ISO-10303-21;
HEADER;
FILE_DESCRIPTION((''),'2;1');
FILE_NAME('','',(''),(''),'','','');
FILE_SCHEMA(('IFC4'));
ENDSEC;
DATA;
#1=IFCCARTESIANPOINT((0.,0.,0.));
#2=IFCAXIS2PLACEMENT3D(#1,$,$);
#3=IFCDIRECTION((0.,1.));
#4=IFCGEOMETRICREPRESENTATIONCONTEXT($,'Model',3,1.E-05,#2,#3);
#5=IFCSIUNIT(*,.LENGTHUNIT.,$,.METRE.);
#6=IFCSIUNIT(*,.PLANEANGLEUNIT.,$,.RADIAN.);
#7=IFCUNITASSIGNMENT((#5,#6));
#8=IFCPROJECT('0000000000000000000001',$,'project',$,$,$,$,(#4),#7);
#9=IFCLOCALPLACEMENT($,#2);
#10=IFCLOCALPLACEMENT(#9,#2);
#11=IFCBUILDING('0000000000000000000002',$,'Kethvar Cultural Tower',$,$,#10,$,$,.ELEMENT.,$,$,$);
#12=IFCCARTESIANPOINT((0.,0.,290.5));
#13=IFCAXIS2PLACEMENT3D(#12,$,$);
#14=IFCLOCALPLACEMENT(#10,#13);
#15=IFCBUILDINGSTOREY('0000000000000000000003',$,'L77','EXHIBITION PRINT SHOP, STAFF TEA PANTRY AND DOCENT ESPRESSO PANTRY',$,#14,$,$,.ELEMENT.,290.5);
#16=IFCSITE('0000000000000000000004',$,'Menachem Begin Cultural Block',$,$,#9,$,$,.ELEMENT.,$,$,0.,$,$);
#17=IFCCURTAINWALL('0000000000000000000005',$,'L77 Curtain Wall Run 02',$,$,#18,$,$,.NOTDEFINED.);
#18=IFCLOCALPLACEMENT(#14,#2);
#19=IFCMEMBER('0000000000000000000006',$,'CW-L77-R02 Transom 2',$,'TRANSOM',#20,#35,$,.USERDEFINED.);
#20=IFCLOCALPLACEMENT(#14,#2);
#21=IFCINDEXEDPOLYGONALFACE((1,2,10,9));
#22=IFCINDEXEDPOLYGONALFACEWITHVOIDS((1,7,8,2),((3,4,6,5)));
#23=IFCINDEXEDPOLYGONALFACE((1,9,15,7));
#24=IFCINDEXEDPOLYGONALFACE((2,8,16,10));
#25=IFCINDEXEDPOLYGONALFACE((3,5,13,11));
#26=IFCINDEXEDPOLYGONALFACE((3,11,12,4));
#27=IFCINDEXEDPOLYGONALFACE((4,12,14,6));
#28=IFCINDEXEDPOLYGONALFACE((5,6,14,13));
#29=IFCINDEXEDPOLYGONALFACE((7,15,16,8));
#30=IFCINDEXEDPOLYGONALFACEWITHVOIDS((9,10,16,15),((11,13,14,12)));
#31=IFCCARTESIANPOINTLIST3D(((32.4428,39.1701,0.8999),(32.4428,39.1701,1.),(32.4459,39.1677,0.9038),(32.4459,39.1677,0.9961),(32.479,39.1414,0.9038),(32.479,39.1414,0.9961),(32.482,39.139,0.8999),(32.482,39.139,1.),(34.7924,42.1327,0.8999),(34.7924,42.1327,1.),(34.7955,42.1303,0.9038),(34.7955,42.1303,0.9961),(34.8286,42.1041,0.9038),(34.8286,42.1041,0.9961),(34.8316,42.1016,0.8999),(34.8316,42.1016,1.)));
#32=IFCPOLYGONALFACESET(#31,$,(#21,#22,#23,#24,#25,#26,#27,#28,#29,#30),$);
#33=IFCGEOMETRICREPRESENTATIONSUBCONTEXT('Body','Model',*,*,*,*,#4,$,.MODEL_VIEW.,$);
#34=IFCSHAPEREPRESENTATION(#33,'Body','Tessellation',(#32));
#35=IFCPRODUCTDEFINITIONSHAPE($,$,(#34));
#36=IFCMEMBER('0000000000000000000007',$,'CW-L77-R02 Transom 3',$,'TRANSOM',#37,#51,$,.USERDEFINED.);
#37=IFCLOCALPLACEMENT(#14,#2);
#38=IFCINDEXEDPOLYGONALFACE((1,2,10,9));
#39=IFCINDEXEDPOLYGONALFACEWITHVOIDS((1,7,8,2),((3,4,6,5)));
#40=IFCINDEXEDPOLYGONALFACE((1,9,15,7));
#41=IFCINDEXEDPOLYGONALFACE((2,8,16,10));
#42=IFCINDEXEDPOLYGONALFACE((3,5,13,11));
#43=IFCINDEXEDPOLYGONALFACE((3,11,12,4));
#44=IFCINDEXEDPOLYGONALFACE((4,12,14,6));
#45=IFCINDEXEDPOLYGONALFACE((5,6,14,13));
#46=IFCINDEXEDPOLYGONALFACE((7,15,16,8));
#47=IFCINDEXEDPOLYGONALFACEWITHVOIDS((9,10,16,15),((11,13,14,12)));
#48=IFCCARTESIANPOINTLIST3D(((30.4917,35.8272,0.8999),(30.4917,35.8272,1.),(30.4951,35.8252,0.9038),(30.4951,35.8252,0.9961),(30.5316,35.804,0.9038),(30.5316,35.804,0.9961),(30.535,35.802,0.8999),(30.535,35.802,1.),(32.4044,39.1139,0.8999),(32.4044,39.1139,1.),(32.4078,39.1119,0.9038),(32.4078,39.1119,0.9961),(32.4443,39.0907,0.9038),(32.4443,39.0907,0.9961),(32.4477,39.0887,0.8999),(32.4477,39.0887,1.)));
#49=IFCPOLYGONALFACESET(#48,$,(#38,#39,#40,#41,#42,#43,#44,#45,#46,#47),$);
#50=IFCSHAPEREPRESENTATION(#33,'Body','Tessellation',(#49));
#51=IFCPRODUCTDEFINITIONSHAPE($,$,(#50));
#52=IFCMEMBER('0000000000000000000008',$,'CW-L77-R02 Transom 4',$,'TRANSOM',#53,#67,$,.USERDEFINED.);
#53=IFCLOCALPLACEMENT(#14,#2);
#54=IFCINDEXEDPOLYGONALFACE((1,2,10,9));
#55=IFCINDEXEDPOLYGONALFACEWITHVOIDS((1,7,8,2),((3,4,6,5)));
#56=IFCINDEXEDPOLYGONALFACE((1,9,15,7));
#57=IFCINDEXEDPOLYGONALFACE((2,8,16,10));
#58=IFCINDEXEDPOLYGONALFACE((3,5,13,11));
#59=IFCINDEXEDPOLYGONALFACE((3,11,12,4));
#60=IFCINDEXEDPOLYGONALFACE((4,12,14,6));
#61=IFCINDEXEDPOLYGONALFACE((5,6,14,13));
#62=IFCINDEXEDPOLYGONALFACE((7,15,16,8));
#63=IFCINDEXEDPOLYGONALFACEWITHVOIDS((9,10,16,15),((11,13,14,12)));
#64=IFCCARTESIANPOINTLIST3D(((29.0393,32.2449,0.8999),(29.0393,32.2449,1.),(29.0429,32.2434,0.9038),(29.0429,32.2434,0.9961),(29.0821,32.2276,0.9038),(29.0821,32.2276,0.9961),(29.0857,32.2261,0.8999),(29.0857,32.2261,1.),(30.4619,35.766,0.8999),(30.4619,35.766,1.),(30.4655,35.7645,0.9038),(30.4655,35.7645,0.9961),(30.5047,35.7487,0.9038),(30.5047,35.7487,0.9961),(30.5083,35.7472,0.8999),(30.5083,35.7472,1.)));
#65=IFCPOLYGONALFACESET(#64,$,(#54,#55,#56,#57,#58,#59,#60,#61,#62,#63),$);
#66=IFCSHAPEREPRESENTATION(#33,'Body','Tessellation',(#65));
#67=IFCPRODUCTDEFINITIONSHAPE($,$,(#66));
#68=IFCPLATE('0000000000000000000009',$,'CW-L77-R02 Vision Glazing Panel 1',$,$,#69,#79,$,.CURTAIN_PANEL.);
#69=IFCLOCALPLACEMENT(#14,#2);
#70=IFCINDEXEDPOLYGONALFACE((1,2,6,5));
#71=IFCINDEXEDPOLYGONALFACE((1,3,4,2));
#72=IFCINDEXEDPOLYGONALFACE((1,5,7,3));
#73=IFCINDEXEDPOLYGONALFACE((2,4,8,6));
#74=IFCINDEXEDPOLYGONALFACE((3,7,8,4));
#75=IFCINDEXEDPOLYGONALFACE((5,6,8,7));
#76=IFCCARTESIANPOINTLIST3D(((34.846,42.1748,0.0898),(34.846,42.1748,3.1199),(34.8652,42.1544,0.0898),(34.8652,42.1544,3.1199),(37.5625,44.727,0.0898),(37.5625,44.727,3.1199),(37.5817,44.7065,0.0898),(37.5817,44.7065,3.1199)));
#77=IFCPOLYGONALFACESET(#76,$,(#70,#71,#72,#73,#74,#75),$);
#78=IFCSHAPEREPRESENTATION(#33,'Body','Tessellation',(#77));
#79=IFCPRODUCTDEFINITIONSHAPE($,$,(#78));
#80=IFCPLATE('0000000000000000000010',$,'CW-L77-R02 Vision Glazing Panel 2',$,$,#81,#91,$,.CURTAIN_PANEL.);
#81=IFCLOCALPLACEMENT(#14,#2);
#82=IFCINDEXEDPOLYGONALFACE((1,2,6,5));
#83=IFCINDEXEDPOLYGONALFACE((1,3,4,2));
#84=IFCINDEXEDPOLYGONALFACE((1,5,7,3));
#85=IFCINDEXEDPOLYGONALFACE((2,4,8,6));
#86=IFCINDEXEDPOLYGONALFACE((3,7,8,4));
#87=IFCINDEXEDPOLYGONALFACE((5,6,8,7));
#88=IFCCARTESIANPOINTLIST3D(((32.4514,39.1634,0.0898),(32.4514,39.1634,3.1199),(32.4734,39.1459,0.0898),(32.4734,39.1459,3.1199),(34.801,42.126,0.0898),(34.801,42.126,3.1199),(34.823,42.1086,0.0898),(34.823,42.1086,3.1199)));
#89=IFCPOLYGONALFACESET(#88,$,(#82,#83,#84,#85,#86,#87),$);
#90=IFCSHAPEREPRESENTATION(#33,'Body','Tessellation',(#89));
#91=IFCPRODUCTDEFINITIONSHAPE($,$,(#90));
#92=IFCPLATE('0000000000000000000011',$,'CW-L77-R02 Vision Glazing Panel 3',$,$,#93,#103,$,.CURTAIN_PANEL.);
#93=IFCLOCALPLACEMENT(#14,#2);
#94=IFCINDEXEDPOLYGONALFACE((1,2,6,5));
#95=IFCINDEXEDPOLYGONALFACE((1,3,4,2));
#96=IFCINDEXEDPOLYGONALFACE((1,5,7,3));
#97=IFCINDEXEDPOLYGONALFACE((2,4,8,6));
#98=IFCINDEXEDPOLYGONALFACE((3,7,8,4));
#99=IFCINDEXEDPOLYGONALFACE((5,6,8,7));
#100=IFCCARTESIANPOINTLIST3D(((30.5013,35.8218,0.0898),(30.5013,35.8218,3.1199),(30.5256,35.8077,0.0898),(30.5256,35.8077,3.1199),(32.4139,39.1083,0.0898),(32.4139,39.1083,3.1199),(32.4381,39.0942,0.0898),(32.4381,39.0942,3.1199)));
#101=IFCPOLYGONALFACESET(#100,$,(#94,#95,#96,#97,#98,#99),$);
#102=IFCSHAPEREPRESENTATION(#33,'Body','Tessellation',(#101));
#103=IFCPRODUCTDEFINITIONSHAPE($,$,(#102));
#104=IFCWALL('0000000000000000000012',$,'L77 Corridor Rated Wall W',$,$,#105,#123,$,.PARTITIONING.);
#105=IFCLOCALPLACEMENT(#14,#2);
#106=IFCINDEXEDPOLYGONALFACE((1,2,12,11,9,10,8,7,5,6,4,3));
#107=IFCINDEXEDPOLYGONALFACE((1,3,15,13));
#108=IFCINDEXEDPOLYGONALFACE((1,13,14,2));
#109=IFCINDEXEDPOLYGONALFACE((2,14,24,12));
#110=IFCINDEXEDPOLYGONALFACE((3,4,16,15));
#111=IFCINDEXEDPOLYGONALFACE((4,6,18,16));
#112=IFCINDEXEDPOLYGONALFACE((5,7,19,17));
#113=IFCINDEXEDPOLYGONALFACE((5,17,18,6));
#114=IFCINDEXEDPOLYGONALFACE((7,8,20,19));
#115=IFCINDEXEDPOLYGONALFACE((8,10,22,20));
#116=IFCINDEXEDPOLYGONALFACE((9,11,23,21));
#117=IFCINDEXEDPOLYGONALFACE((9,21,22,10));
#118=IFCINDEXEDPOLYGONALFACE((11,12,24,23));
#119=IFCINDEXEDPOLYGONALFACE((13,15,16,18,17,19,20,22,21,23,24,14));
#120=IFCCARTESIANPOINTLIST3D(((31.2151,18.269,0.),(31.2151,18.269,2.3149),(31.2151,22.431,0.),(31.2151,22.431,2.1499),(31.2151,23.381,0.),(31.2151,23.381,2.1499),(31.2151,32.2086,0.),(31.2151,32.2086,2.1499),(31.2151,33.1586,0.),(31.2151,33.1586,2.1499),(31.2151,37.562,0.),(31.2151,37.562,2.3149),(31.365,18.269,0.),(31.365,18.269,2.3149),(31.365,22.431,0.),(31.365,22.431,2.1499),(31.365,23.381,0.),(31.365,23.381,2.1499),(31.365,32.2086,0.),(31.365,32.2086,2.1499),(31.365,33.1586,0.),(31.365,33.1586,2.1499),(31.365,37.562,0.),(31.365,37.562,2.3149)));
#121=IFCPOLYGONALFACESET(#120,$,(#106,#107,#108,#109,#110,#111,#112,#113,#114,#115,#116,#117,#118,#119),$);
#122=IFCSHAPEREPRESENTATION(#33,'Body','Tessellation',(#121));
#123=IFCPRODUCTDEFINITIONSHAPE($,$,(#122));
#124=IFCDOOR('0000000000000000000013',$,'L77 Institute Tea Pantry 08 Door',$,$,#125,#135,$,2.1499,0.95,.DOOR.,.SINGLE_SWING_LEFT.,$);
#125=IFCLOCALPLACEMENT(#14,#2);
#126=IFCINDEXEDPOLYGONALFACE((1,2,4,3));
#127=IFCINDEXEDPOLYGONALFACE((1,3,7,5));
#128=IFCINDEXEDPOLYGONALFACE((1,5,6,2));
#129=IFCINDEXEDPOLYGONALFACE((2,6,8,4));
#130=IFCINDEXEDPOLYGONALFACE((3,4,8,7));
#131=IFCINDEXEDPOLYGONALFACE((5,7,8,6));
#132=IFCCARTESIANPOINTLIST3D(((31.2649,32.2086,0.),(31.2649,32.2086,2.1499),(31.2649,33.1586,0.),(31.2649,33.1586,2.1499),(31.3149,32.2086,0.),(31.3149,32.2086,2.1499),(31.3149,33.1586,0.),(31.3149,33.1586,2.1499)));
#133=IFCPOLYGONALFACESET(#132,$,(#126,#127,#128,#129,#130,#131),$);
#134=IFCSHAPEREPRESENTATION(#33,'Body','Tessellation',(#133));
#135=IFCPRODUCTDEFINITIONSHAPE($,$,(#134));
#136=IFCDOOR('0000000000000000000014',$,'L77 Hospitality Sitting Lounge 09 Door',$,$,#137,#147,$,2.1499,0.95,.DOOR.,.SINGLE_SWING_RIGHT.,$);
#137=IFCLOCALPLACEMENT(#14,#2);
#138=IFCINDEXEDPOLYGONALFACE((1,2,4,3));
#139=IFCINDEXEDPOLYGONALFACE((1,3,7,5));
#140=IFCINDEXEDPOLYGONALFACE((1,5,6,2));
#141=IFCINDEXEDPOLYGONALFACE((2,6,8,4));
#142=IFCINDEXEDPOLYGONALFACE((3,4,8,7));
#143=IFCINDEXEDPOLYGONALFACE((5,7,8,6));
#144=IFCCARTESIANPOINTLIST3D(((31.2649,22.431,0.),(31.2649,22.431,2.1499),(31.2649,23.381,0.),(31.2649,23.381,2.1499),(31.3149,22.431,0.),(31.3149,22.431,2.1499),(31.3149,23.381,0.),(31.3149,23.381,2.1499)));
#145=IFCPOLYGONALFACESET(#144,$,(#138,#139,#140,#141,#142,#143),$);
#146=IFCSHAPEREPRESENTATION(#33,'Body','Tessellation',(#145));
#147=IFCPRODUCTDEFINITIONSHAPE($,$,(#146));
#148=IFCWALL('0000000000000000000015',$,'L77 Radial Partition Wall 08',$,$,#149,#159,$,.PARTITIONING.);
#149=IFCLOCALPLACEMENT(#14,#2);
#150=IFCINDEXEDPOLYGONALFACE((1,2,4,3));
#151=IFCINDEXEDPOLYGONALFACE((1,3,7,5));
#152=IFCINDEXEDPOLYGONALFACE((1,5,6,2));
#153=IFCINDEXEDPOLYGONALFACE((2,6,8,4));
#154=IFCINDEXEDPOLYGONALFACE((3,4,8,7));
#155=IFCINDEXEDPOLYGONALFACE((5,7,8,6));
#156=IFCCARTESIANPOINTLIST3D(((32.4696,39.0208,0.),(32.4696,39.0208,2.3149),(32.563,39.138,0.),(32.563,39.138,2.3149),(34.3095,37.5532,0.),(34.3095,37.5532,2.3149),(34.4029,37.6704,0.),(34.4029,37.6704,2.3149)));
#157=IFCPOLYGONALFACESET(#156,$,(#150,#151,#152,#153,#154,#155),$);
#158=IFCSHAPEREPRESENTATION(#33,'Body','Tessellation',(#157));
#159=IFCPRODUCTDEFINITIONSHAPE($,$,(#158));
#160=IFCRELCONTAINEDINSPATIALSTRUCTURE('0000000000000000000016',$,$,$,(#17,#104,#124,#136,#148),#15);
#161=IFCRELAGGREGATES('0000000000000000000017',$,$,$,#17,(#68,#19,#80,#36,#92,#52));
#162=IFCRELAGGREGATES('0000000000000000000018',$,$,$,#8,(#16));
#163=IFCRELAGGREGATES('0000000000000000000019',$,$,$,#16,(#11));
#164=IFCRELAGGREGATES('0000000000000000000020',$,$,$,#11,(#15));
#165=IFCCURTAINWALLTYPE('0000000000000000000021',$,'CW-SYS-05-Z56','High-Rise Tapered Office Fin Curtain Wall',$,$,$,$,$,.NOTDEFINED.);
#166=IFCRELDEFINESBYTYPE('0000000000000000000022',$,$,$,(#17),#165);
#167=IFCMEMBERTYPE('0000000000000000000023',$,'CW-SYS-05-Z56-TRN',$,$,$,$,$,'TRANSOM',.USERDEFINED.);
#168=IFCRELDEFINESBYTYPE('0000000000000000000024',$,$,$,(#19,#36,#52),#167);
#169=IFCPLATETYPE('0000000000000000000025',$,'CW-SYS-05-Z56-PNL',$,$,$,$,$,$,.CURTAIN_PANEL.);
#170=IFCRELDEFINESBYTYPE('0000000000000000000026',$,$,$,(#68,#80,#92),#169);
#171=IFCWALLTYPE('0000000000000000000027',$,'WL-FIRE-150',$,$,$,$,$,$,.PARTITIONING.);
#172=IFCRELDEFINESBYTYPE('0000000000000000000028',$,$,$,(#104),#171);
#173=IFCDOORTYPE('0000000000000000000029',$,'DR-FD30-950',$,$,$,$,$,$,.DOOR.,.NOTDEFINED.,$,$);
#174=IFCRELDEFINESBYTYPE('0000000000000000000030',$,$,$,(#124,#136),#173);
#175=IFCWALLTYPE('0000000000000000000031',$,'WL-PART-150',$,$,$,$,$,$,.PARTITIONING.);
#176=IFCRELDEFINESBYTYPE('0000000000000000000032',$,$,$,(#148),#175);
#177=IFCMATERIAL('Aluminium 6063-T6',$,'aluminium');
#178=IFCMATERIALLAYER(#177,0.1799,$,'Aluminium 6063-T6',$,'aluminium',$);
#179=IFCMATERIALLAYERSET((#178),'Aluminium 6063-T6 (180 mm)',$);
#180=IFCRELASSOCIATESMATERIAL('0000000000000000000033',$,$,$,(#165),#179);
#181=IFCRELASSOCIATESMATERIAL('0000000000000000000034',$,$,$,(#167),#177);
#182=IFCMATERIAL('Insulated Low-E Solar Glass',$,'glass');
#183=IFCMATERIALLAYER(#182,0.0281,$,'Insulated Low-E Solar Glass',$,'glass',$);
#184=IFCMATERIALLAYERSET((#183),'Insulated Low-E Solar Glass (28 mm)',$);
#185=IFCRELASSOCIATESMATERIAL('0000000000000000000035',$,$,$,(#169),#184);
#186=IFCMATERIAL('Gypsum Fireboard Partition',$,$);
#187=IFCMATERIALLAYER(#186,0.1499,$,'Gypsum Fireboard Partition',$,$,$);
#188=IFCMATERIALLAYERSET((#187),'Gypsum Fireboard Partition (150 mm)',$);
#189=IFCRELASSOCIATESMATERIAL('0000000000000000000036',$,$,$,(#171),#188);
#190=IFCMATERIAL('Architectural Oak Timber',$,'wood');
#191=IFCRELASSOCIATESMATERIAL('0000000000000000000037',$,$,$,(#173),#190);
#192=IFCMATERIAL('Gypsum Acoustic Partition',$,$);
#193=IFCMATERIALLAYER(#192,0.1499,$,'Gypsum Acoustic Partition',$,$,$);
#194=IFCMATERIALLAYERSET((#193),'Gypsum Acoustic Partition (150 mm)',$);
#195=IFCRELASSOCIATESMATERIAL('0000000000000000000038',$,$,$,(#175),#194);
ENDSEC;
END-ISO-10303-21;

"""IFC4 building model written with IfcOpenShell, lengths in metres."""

from ifc_helpers import new_model, si_unit, direction, frame, frame_2d, origin, origin_2d, place, context, subcontext, project, spatial, rectangle, hollow_rectangle, extrude, source, transform, mapped, material, layer, layer_set, material_profile, profile_set, type_object, element, fill, aggregate, save


model = new_model("IFC4")

# Units and contexts
model_context = context("Model", 3, precision=1e-05, world=origin(), true_north=direction((0.0, 1.0)))
body_context = subcontext(model_context, "Body", "Model", "MODEL_VIEW")
ifc_project = project(units=[si_unit("LENGTHUNIT", "METRE"), si_unit("PLANEANGLEUNIT", "RADIAN")], contexts=[model_context])

# Site, building, storey
site_placement = place(None, origin())
site = spatial("IfcSite", under=ifc_project, at=site_placement, Name="Menachem Begin Cultural Block", CompositionType="ELEMENT", RefElevation=0.0)
building_placement = place(site_placement, origin())
building = spatial("IfcBuilding", under=site, at=building_placement, Name="Kethvar Cultural Tower", CompositionType="ELEMENT")
storey_placement = place(building_placement, frame((0.0, 0.0, 290.5)))
storey = spatial("IfcBuildingStorey", under=building, at=storey_placement, Name="L77", Description="EXHIBITION PRINT SHOP, STAFF TEA PANTRY AND DOCENT ESPRESSO PANTRY", CompositionType="ELEMENT", Elevation=290.5)

# Curtain wall, members, plates
ifc_material_1 = material(Name="Aluminium 6063-T6", Category="aluminium")
ifc_layer_1 = layer(ifc_material_1, 0.1799, Name="Aluminium 6063-T6", Category="aluminium")
ifc_layer_set_1 = layer_set([ifc_layer_1], Name="Aluminium 6063-T6 (180 mm)")
curtain_wall_type = type_object("IfcCurtainWallType", Name="CW-SYS-05-Z56", Description="High-Rise Tapered Office Fin Curtain Wall", PredefinedType="NOTDEFINED", material=ifc_layer_set_1)
curtain_wall_placement = place(storey_placement, origin())
curtain_wall = element("IfcCurtainWall", 1, at=curtain_wall_placement, inside=storey, type_object=curtain_wall_type, Name="L77 Curtain Wall Run 02", PredefinedType="NOTDEFINED")
ifc_material_profile_1 = material_profile(ifc_material_1, hollow_rectangle(XDim=0.05, YDim=0.1001, WallThickness=0.0039, at=origin_2d()), Name="Aluminium 6063-T6 — RHS100x50x4")
ifc_profile_set_1 = profile_set([ifc_material_profile_1], Name="Aluminium 6063-T6 — RHS100x50x4")
member_type_1 = type_object("IfcMemberType", Name="CW-SYS-05-Z56-TRN", ElementType="TRANSOM", PredefinedType="USERDEFINED", material=ifc_profile_set_1)
shared_shape_1 = source(origin(), body_context, "Body", "SweptSolid", [
    extrude(hollow_rectangle(XDim=0.05, YDim=0.1001, WallThickness=0.0039, at=origin_2d()), origin(), (0.0, 0.0, 1.0), 3.7812),
])
member_1_placement = place(storey_placement, frame((34.812, 42.1172, 0.95), z_axis=(-0.621382, -0.783507, 0.0), x_axis=(0.783507, -0.621382, 0.0)))
member_1 = element("IfcMember", 2, at=member_1_placement, type_object=member_type_1, Name="CW-L77-R02 Transom 2", ObjectType="TRANSOM", PredefinedType="USERDEFINED", context=body_context, shape_type="MappedRepresentation", body=[
    mapped(shared_shape_1, transform((0.0, 0.0, 0.0), scale=1.0)),
])
shared_shape_2 = source(origin(), body_context, "Body", "SweptSolid", [
    extrude(hollow_rectangle(XDim=0.05, YDim=0.1001, WallThickness=0.0039, at=origin_2d()), origin(), (0.0, 0.0, 1.0), 3.8027),
])
member_2_placement = place(storey_placement, frame((32.426, 39.1013, 0.95), z_axis=(-0.502969, -0.864305, 0.0), x_axis=(0.864305, -0.502969, 0.0)))
member_2 = element("IfcMember", 3, at=member_2_placement, type_object=member_type_1, Name="CW-L77-R02 Transom 3", ObjectType="TRANSOM", PredefinedType="USERDEFINED", context=body_context, shape_type="MappedRepresentation", body=[
    mapped(shared_shape_2, transform((0.0, 0.0, 0.0), scale=1.0)),
])
shared_shape_3 = source(origin(), body_context, "Body", "SweptSolid", [
    extrude(hollow_rectangle(XDim=0.05, YDim=0.1001, WallThickness=0.0039, at=origin_2d()), origin(), (0.0, 0.0, 1.0), 3.7976),
])
member_3_placement = place(storey_placement, frame((30.4851, 35.7566, 0.95), z_axis=(-0.374614, -0.927181, 0.0), x_axis=(0.927181, -0.374614, 0.0)))
member_3 = element("IfcMember", 4, at=member_3_placement, type_object=member_type_1, Name="CW-L77-R02 Transom 4", ObjectType="TRANSOM", PredefinedType="USERDEFINED", context=body_context, shape_type="MappedRepresentation", body=[
    mapped(shared_shape_3, transform((0.0, 0.0, 0.0), scale=1.0)),
])
ifc_material_2 = material(Name="Insulated Low-E Solar Glass", Category="glass")
ifc_layer_2 = layer(ifc_material_2, 0.0281, Name="Insulated Low-E Solar Glass", Category="glass")
ifc_layer_set_2 = layer_set([ifc_layer_2], Name="Insulated Low-E Solar Glass (28 mm)")
plate_type = type_object("IfcPlateType", Name="CW-SYS-05-Z56-PNL", PredefinedType="CURTAIN_PANEL", material=ifc_layer_set_2)
shared_shape_4 = source(origin(), body_context, "Body", "SweptSolid", [
    extrude(rectangle(XDim=3.7273, YDim=0.0281, at=origin_2d()), origin(), (0.0, 0.0, 1.0), 3.03),
])
plate_1_placement = place(storey_placement, frame((36.2139, 43.4407, 0.0898), z_axis=(0.0, 0.0, 1.0), x_axis=(-0.728813, -0.684712, 0.0)))
plate_1 = element("IfcPlate", 5, at=plate_1_placement, type_object=plate_type, Name="CW-L77-R02 Vision Glazing Panel 1", PredefinedType="CURTAIN_PANEL", context=body_context, shape_type="MappedRepresentation", body=[
    mapped(shared_shape_4, transform((0.0, 0.0, 0.0), scale=1.0)),
])
shared_shape_5 = source(origin(), body_context, "Body", "SweptSolid", [
    extrude(rectangle(XDim=3.7812, YDim=0.0281, at=origin_2d()), origin(), (0.0, 0.0, 1.0), 3.03),
])
plate_2_placement = place(storey_placement, frame((33.6372, 40.636, 0.0898), z_axis=(0.0, 0.0, 1.0), x_axis=(-0.62138, -0.783509, 0.0)))
plate_2 = element("IfcPlate", 6, at=plate_2_placement, type_object=plate_type, Name="CW-L77-R02 Vision Glazing Panel 2", PredefinedType="CURTAIN_PANEL", context=body_context, shape_type="MappedRepresentation", body=[
    mapped(shared_shape_5, transform((0.0, 0.0, 0.0), scale=1.0)),
])
shared_shape_6 = source(origin(), body_context, "Body", "SweptSolid", [
    extrude(rectangle(XDim=3.8025, YDim=0.0281, at=origin_2d()), origin(), (0.0, 0.0, 1.0), 3.03),
])
plate_3_placement = place(storey_placement, frame((31.4697, 37.458, 0.0898), z_axis=(0.0, 0.0, 1.0), x_axis=(-0.502975, -0.864301, 0.0)))
plate_3 = element("IfcPlate", 7, at=plate_3_placement, type_object=plate_type, Name="CW-L77-R02 Vision Glazing Panel 3", PredefinedType="CURTAIN_PANEL", context=body_context, shape_type="MappedRepresentation", body=[
    mapped(shared_shape_6, transform((0.0, 0.0, 0.0), scale=1.0)),
])
aggregate(curtain_wall, [plate_1, member_1, plate_2, member_2, plate_3, member_3])

# Wall, openings, doors
ifc_material_3 = material(Name="Gypsum Fireboard Partition")
ifc_layer_3 = layer(ifc_material_3, 0.1499, Name="Gypsum Fireboard Partition")
ifc_layer_set_3 = layer_set([ifc_layer_3], Name="Gypsum Fireboard Partition (150 mm)")
wall_type_1 = type_object("IfcWallType", Name="WL-FIRE-150", PredefinedType="PARTITIONING", material=ifc_layer_set_3)
wall_1_placement = place(storey_placement, frame((31.29, 37.562, 0.0), z_axis=(0.0, 0.0, 1.0), x_axis=(0.0, -1.0, 0.0)))
wall_1 = element("IfcWall", 8, at=wall_1_placement, inside=storey, type_object=wall_type_1, Name="L77 Corridor Rated Wall W", PredefinedType="PARTITIONING", context=body_context, shape_type="SweptSolid", body=[
    extrude(rectangle(XDim=19.293, YDim=0.1499, at=frame_2d((9.6465, 0.0))), origin(), (0.0, 0.0, 1.0), 2.3149),
])
opening_1_placement = place(wall_1_placement, frame((4.4033, 0.0, 0.0)))
opening_1 = element("IfcOpeningElement", 9, at=opening_1_placement, cuts=wall_1, PredefinedType="OPENING", context=body_context, shape_type="SweptSolid", body=[
    extrude(rectangle(XDim=0.95, YDim=2.1499, at=frame_2d((0.4751, 1.075))), frame((0.0, 0.085, 0.0), z_axis=(0.0, -1.0, 0.0), x_axis=(1.0, 0.0, 0.0)), (0.0, 0.0, 1.0), 0.1699),
])
opening_2_placement = place(wall_1_placement, frame((14.1809, 0.0, 0.0)))
opening_2 = element("IfcOpeningElement", 10, at=opening_2_placement, cuts=wall_1, PredefinedType="OPENING", context=body_context, shape_type="SweptSolid", body=[
    extrude(rectangle(XDim=0.95, YDim=2.1499, at=frame_2d((0.4751, 1.075))), frame((0.0, 0.085, 0.0), z_axis=(0.0, -1.0, 0.0), x_axis=(1.0, 0.0, 0.0)), (0.0, 0.0, 1.0), 0.1699),
])
ifc_material_4 = material(Name="Architectural Oak Timber", Category="wood")
door_type = type_object("IfcDoorType", Name="DR-FD30-950", OperationType="NOTDEFINED", PredefinedType="DOOR", material=ifc_material_4)
shared_shape_7 = source(origin(), body_context, "Body", "SweptSolid", [
    extrude(rectangle(XDim=0.95, YDim=2.1499, at=frame_2d((0.4751, 1.075))), frame((0.0, 0.0249, 0.0), z_axis=(0.0, -1.0, 0.0), x_axis=(1.0, 0.0, 0.0)), (0.0, 0.0, 1.0), 0.05),
])
door_1_placement = place(opening_1_placement, origin())
door_1 = element("IfcDoor", 11, at=door_1_placement, inside=storey, type_object=door_type, Name="L77 Institute Tea Pantry 08 Door", OperationType="SINGLE_SWING_LEFT", OverallHeight=2.1499, OverallWidth=0.95, PredefinedType="DOOR", context=body_context, shape_type="MappedRepresentation", body=[
    mapped(shared_shape_7, transform((0.0, 0.0, 0.0), scale=1.0)),
])
fill(opening_1, door_1)
door_2_placement = place(opening_2_placement, origin())
door_2 = element("IfcDoor", 12, at=door_2_placement, inside=storey, type_object=door_type, Name="L77 Hospitality Sitting Lounge 09 Door", OperationType="SINGLE_SWING_RIGHT", OverallHeight=2.1499, OverallWidth=0.95, PredefinedType="DOOR", context=body_context, shape_type="MappedRepresentation", body=[
    mapped(shared_shape_7, transform((0.0, 0.0, 0.0), scale=1.0)),
])
fill(opening_2, door_2)

# Wall
ifc_material_5 = material(Name="Gypsum Acoustic Partition")
ifc_layer_4 = layer(ifc_material_5, 0.1499, Name="Gypsum Acoustic Partition")
ifc_layer_set_4 = layer_set([ifc_layer_4], Name="Gypsum Acoustic Partition (150 mm)")
wall_type_2 = type_object("IfcWallType", Name="WL-PART-150", PredefinedType="PARTITIONING", material=ifc_layer_set_4)
wall_2_placement = place(storey_placement, frame((34.3562, 37.6118, 0.0), z_axis=(0.0, 0.0, 1.0), x_axis=(-0.781769, 0.623568, 0.0)))
element("IfcWall", 13, at=wall_2_placement, inside=storey, type_object=wall_type_2, Name="L77 Radial Partition Wall 08", PredefinedType="PARTITIONING", context=body_context, shape_type="SweptSolid", body=[
    extrude(rectangle(XDim=2.3535, YDim=0.1499, at=frame_2d((1.1768, 0.0))), origin(), (0.0, 0.0, 1.0), 2.3149),
])

save(model, "model.ifc")
